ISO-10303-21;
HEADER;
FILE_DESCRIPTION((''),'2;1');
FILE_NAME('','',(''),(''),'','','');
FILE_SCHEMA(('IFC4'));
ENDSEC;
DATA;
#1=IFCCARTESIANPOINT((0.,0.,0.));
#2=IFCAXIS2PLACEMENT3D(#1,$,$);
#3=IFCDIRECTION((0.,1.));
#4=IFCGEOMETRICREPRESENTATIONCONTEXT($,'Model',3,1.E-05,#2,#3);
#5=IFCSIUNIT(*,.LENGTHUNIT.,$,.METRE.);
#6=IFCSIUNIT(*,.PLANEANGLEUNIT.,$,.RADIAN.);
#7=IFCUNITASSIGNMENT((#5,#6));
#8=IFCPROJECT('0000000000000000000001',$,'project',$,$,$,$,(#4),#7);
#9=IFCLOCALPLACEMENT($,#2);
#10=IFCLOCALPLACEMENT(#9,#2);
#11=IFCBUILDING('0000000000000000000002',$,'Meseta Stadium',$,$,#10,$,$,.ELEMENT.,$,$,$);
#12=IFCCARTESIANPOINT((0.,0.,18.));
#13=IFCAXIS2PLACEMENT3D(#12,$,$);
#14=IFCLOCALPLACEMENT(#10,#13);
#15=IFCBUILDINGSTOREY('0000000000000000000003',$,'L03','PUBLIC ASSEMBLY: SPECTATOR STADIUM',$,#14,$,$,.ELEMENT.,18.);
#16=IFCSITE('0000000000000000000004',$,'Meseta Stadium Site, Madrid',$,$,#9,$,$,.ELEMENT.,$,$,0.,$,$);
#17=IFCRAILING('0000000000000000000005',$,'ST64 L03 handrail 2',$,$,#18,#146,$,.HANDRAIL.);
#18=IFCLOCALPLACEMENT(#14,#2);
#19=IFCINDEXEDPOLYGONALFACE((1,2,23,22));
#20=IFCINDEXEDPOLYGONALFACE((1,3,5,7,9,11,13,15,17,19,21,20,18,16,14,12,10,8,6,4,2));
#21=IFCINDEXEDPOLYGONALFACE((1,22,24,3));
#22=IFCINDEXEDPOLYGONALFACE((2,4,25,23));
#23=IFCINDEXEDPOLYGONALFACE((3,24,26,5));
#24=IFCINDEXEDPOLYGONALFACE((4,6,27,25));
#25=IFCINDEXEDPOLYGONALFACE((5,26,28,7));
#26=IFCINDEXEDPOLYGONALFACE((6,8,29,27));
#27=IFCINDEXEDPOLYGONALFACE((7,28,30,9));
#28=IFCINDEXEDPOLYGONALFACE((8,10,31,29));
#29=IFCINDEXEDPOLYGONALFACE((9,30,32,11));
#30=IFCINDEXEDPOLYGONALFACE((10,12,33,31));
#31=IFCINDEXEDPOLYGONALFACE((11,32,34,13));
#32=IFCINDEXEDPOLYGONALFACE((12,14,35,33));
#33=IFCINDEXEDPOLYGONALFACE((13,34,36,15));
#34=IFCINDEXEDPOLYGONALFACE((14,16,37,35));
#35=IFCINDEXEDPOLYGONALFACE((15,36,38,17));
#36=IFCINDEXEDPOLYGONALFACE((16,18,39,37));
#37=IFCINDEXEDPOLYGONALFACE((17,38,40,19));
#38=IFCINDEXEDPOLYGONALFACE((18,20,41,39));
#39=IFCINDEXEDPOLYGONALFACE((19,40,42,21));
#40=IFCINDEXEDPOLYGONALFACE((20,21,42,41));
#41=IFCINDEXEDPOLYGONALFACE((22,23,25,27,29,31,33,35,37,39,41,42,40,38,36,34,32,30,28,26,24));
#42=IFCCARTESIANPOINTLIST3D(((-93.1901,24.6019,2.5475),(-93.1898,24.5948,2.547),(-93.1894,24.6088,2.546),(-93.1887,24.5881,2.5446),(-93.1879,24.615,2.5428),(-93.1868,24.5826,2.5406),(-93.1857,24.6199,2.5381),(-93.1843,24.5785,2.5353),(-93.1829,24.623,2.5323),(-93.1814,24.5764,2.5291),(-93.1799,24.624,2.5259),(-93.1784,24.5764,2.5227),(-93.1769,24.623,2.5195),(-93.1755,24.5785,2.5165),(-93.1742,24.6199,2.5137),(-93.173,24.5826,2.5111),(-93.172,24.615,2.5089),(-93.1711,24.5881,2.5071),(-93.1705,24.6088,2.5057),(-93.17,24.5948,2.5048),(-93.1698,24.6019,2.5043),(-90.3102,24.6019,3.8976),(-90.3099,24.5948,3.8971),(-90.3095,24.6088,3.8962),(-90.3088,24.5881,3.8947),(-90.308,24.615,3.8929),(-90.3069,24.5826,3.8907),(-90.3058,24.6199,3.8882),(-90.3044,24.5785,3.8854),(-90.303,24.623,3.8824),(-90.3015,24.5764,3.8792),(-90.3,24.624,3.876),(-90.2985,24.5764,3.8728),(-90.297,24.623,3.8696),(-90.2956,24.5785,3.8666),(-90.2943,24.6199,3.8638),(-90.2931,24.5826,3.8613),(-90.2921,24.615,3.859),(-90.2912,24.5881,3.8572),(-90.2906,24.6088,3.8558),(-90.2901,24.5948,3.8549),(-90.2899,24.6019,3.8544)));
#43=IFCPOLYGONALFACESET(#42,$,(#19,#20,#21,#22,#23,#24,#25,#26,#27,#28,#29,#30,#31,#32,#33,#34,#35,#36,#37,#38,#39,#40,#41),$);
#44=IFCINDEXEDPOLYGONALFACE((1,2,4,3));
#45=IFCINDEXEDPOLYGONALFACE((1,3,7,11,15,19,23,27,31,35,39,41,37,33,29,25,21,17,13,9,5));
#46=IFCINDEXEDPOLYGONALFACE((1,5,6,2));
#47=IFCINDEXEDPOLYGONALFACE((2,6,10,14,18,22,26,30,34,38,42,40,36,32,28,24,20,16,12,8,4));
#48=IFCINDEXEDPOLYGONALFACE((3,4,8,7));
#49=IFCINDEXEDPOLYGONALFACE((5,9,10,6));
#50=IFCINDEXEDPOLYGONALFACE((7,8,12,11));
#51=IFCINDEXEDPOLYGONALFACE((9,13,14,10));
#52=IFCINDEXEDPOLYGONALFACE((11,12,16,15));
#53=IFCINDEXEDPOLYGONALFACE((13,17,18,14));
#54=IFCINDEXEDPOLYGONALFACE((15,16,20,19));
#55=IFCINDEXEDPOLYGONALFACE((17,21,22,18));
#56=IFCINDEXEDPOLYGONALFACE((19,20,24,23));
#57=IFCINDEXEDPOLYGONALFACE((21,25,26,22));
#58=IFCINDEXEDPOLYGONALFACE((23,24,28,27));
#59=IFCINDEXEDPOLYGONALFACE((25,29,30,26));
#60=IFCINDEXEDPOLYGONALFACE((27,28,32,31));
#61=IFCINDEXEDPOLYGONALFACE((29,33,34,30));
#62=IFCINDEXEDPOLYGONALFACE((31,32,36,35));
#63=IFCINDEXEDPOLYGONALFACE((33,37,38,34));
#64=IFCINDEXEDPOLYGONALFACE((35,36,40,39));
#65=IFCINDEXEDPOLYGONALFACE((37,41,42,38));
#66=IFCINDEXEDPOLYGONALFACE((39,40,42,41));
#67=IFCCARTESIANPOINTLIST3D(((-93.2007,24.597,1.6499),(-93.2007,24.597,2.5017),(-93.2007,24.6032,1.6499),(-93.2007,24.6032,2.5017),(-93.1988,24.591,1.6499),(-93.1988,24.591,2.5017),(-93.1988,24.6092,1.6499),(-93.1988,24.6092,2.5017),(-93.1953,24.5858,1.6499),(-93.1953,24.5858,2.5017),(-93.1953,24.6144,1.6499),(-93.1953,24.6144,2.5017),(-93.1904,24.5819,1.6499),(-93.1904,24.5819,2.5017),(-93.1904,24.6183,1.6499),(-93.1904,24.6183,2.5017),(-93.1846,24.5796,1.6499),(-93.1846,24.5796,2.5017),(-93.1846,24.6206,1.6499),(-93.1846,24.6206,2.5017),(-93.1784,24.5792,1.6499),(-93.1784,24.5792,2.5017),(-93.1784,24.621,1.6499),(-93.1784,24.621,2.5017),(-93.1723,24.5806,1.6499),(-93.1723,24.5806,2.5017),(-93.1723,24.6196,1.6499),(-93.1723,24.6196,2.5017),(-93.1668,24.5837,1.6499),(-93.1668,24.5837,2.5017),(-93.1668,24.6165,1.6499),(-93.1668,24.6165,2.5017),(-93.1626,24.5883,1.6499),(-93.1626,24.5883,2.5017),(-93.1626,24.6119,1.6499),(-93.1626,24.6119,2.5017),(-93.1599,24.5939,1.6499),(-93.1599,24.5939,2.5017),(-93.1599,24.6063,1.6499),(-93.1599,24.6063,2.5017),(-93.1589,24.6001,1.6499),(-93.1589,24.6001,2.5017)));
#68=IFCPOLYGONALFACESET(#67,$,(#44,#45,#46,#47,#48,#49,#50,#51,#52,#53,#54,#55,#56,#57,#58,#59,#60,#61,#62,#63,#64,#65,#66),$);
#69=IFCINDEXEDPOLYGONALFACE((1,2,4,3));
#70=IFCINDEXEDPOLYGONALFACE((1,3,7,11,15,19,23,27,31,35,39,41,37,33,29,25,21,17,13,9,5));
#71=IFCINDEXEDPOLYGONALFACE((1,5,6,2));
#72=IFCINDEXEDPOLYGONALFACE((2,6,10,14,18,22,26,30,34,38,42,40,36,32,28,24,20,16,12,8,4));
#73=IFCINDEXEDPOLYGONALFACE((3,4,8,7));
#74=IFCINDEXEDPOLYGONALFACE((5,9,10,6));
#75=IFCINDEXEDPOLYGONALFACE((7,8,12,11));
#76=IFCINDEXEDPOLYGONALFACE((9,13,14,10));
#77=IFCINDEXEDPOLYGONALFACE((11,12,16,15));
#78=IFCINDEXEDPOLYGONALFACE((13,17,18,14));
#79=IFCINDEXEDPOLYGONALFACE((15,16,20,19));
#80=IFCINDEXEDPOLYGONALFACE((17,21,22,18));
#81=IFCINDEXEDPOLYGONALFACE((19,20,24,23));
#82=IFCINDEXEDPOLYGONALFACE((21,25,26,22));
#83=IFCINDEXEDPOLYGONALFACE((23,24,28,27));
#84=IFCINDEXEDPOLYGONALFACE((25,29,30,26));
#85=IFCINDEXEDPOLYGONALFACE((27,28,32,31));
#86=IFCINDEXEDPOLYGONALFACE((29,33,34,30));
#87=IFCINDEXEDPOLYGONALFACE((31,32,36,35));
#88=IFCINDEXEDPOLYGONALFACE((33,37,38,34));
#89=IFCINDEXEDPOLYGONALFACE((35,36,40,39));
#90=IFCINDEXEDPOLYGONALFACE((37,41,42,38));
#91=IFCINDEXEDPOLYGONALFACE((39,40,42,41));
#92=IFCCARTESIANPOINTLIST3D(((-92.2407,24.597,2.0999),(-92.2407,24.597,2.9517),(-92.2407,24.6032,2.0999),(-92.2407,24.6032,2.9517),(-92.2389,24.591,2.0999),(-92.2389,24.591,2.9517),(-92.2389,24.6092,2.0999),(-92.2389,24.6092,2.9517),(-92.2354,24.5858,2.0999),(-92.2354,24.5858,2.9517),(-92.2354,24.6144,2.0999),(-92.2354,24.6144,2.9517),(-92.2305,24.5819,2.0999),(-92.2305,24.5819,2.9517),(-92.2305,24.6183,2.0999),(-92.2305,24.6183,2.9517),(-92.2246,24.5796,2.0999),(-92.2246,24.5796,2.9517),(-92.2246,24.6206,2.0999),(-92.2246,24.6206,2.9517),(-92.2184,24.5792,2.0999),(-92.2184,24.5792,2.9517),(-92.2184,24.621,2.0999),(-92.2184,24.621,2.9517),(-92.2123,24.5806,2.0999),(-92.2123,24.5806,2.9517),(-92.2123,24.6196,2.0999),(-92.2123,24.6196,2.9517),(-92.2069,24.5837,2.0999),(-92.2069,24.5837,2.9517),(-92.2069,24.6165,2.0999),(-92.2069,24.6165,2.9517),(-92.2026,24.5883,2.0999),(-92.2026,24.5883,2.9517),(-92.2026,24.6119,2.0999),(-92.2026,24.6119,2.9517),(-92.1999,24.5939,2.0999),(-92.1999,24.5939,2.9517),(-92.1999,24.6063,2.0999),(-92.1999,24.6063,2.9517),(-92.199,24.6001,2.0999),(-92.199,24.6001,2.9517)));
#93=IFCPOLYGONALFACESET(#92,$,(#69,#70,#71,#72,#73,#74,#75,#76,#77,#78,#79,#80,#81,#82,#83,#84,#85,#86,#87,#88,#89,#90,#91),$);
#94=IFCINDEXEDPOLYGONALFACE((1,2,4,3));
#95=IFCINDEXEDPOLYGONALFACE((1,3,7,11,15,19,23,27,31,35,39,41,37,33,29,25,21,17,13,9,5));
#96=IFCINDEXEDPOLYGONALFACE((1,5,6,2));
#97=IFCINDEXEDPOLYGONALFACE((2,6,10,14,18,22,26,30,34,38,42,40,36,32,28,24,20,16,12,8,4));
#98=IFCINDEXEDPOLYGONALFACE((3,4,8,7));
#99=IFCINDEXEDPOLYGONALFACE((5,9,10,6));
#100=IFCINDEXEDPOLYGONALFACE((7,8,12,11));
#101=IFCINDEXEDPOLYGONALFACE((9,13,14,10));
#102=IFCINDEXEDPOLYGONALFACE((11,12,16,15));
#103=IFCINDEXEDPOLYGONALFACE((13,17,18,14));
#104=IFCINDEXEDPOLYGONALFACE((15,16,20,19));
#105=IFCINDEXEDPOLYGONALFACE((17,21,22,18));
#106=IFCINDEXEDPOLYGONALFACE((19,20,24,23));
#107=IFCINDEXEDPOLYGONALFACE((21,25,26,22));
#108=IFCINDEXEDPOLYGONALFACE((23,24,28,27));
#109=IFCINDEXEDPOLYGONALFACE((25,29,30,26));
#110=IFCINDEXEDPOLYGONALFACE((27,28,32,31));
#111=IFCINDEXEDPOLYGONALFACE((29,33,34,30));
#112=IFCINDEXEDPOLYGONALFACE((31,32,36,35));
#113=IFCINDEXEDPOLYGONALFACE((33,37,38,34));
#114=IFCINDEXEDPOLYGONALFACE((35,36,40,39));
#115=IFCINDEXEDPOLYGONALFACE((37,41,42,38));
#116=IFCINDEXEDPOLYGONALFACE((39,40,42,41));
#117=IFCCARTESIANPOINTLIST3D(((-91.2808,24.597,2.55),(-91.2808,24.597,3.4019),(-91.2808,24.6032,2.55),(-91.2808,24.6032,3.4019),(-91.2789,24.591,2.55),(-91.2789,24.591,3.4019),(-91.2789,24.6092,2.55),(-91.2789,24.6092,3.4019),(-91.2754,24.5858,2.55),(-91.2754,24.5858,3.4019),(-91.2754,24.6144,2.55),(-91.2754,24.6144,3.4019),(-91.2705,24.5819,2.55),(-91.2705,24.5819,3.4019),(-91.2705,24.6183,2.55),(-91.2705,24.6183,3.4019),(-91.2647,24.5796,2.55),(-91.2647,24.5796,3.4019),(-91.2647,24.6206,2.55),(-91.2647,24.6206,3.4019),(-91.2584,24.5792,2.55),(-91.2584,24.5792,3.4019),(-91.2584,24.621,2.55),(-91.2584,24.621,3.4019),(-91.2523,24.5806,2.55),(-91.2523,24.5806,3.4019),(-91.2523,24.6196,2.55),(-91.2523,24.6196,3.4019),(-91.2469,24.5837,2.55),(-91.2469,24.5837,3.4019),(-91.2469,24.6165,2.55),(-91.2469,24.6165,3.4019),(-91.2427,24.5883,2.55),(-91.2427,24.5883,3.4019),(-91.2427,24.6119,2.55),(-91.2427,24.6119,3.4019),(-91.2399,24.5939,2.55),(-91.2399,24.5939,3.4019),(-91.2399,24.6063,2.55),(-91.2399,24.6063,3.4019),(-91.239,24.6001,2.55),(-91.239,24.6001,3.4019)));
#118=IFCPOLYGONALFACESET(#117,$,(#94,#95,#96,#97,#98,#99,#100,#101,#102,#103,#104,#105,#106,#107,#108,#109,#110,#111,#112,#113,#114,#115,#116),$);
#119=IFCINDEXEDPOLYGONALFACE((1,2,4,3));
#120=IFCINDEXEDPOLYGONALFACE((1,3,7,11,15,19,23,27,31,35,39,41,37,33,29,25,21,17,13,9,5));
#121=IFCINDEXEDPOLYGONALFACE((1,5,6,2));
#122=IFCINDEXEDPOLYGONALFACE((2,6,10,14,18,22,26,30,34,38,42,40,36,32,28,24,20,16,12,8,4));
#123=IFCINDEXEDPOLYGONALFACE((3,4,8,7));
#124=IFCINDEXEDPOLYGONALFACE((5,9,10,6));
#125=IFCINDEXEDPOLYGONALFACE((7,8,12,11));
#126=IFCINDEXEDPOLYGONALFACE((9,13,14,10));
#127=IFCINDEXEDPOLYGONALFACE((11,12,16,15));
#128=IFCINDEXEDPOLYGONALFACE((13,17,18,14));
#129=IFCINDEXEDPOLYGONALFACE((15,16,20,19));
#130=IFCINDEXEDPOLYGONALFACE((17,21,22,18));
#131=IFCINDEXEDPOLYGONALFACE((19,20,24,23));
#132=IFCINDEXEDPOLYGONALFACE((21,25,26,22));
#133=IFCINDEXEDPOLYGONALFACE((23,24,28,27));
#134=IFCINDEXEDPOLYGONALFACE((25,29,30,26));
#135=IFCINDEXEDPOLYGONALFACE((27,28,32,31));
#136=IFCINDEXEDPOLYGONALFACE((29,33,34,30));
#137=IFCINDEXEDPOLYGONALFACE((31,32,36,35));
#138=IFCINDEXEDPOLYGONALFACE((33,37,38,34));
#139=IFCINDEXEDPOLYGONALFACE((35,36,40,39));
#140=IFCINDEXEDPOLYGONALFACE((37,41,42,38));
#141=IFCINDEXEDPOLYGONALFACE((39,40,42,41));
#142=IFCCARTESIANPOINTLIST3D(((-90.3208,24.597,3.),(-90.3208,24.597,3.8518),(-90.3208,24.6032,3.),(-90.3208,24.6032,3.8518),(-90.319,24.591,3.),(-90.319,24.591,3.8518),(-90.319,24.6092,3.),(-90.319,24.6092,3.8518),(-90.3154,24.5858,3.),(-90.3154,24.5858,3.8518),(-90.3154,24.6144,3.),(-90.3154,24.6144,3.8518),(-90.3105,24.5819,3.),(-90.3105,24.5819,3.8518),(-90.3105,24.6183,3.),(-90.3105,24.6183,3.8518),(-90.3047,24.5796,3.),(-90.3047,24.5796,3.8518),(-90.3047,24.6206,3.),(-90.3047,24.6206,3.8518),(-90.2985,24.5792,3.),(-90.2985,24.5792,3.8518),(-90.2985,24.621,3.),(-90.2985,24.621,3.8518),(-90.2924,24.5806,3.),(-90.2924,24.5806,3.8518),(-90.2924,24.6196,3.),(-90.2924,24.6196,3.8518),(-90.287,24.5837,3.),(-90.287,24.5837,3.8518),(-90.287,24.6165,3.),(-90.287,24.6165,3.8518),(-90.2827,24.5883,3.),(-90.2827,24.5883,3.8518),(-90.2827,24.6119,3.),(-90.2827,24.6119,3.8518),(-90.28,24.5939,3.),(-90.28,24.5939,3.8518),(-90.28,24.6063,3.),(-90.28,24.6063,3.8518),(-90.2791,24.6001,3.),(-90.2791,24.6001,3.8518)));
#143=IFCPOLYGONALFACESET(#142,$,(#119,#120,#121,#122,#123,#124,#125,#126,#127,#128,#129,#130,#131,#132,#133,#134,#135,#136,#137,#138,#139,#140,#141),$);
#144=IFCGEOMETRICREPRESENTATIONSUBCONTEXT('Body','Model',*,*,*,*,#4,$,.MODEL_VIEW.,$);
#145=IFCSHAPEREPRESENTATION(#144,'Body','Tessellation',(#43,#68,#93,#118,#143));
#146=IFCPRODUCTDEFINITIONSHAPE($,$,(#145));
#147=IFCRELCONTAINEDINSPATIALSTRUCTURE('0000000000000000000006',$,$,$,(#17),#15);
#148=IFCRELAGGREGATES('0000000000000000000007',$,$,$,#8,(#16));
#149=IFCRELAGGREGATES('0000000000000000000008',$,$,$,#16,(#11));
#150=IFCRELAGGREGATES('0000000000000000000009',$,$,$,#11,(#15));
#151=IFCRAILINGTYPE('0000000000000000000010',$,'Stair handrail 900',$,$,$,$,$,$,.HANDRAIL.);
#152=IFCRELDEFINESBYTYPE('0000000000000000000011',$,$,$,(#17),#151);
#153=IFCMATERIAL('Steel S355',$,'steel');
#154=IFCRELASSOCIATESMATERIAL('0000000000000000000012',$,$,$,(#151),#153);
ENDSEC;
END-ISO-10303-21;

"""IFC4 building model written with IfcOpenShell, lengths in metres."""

from ifc_helpers import new_model, si_unit, direction, frame, origin, origin_2d, place, context, subcontext, project, spatial, circle, extrude, material, type_object, element, save


model = new_model("IFC4")

# Units and contexts
model_context = context("Model", 3, precision=1e-05, world=origin(), true_north=direction((0.0, 1.0)))
body_context = subcontext(model_context, "Body", "Model", "MODEL_VIEW")
ifc_project = project(units=[si_unit("LENGTHUNIT", "METRE"), si_unit("PLANEANGLEUNIT", "RADIAN")], contexts=[model_context])

# Site, building, storey
site_placement = place(None, origin())
site = spatial("IfcSite", under=ifc_project, at=site_placement, Name="Meseta Stadium Site, Madrid", CompositionType="ELEMENT", RefElevation=0.0)
building_placement = place(site_placement, origin())
building = spatial("IfcBuilding", under=site, at=building_placement, Name="Meseta Stadium", CompositionType="ELEMENT")
storey_placement = place(building_placement, frame((0.0, 0.0, 18.0)))
storey = spatial("IfcBuildingStorey", under=building, at=storey_placement, Name="L03", Description="PUBLIC ASSEMBLY: SPECTATOR STADIUM", CompositionType="ELEMENT", Elevation=18.0)

# Railing
ifc_material_1 = material(Name="Steel S355", Category="steel")
railing_type_1 = type_object("IfcRailingType", Name="Stair handrail 900", PredefinedType="HANDRAIL", material=ifc_material_1)
for number, where, name in (
    (1, (-93.1799, 24.6001, 1.6499), "ST64 L03 handrail 2"),
):
    element("IfcRailing", number, at=place(storey_placement, frame(where)), inside=storey, type_object=railing_type_1, Name=name, PredefinedType="HANDRAIL", context=body_context, shape_type="SweptSolid", body=[
        extrude(circle(Radius=0.0239, at=origin_2d()), frame((0.0, 0.0, 0.876), z_axis=(0.90544, 0.0, 0.424473), x_axis=(0.0, 1.0, 0.0)), (0.0, 0.0, 1.0), 3.1807),
        extrude(circle(Radius=0.021, at=origin_2d()), origin(), (0.0, 0.0, 1.0), 0.8518),
        extrude(circle(Radius=0.021, at=origin_2d()), frame((0.96, 0.0, 0.45)), (0.0, 0.0, 1.0), 0.8518),
        extrude(circle(Radius=0.021, at=origin_2d()), frame((1.9199, 0.0, 0.9001)), (0.0, 0.0, 1.0), 0.8518),
        extrude(circle(Radius=0.021, at=origin_2d()), frame((2.8799, 0.0, 1.3501)), (0.0, 0.0, 1.0), 0.8518),
    ])

save(model, "model.ifc")
